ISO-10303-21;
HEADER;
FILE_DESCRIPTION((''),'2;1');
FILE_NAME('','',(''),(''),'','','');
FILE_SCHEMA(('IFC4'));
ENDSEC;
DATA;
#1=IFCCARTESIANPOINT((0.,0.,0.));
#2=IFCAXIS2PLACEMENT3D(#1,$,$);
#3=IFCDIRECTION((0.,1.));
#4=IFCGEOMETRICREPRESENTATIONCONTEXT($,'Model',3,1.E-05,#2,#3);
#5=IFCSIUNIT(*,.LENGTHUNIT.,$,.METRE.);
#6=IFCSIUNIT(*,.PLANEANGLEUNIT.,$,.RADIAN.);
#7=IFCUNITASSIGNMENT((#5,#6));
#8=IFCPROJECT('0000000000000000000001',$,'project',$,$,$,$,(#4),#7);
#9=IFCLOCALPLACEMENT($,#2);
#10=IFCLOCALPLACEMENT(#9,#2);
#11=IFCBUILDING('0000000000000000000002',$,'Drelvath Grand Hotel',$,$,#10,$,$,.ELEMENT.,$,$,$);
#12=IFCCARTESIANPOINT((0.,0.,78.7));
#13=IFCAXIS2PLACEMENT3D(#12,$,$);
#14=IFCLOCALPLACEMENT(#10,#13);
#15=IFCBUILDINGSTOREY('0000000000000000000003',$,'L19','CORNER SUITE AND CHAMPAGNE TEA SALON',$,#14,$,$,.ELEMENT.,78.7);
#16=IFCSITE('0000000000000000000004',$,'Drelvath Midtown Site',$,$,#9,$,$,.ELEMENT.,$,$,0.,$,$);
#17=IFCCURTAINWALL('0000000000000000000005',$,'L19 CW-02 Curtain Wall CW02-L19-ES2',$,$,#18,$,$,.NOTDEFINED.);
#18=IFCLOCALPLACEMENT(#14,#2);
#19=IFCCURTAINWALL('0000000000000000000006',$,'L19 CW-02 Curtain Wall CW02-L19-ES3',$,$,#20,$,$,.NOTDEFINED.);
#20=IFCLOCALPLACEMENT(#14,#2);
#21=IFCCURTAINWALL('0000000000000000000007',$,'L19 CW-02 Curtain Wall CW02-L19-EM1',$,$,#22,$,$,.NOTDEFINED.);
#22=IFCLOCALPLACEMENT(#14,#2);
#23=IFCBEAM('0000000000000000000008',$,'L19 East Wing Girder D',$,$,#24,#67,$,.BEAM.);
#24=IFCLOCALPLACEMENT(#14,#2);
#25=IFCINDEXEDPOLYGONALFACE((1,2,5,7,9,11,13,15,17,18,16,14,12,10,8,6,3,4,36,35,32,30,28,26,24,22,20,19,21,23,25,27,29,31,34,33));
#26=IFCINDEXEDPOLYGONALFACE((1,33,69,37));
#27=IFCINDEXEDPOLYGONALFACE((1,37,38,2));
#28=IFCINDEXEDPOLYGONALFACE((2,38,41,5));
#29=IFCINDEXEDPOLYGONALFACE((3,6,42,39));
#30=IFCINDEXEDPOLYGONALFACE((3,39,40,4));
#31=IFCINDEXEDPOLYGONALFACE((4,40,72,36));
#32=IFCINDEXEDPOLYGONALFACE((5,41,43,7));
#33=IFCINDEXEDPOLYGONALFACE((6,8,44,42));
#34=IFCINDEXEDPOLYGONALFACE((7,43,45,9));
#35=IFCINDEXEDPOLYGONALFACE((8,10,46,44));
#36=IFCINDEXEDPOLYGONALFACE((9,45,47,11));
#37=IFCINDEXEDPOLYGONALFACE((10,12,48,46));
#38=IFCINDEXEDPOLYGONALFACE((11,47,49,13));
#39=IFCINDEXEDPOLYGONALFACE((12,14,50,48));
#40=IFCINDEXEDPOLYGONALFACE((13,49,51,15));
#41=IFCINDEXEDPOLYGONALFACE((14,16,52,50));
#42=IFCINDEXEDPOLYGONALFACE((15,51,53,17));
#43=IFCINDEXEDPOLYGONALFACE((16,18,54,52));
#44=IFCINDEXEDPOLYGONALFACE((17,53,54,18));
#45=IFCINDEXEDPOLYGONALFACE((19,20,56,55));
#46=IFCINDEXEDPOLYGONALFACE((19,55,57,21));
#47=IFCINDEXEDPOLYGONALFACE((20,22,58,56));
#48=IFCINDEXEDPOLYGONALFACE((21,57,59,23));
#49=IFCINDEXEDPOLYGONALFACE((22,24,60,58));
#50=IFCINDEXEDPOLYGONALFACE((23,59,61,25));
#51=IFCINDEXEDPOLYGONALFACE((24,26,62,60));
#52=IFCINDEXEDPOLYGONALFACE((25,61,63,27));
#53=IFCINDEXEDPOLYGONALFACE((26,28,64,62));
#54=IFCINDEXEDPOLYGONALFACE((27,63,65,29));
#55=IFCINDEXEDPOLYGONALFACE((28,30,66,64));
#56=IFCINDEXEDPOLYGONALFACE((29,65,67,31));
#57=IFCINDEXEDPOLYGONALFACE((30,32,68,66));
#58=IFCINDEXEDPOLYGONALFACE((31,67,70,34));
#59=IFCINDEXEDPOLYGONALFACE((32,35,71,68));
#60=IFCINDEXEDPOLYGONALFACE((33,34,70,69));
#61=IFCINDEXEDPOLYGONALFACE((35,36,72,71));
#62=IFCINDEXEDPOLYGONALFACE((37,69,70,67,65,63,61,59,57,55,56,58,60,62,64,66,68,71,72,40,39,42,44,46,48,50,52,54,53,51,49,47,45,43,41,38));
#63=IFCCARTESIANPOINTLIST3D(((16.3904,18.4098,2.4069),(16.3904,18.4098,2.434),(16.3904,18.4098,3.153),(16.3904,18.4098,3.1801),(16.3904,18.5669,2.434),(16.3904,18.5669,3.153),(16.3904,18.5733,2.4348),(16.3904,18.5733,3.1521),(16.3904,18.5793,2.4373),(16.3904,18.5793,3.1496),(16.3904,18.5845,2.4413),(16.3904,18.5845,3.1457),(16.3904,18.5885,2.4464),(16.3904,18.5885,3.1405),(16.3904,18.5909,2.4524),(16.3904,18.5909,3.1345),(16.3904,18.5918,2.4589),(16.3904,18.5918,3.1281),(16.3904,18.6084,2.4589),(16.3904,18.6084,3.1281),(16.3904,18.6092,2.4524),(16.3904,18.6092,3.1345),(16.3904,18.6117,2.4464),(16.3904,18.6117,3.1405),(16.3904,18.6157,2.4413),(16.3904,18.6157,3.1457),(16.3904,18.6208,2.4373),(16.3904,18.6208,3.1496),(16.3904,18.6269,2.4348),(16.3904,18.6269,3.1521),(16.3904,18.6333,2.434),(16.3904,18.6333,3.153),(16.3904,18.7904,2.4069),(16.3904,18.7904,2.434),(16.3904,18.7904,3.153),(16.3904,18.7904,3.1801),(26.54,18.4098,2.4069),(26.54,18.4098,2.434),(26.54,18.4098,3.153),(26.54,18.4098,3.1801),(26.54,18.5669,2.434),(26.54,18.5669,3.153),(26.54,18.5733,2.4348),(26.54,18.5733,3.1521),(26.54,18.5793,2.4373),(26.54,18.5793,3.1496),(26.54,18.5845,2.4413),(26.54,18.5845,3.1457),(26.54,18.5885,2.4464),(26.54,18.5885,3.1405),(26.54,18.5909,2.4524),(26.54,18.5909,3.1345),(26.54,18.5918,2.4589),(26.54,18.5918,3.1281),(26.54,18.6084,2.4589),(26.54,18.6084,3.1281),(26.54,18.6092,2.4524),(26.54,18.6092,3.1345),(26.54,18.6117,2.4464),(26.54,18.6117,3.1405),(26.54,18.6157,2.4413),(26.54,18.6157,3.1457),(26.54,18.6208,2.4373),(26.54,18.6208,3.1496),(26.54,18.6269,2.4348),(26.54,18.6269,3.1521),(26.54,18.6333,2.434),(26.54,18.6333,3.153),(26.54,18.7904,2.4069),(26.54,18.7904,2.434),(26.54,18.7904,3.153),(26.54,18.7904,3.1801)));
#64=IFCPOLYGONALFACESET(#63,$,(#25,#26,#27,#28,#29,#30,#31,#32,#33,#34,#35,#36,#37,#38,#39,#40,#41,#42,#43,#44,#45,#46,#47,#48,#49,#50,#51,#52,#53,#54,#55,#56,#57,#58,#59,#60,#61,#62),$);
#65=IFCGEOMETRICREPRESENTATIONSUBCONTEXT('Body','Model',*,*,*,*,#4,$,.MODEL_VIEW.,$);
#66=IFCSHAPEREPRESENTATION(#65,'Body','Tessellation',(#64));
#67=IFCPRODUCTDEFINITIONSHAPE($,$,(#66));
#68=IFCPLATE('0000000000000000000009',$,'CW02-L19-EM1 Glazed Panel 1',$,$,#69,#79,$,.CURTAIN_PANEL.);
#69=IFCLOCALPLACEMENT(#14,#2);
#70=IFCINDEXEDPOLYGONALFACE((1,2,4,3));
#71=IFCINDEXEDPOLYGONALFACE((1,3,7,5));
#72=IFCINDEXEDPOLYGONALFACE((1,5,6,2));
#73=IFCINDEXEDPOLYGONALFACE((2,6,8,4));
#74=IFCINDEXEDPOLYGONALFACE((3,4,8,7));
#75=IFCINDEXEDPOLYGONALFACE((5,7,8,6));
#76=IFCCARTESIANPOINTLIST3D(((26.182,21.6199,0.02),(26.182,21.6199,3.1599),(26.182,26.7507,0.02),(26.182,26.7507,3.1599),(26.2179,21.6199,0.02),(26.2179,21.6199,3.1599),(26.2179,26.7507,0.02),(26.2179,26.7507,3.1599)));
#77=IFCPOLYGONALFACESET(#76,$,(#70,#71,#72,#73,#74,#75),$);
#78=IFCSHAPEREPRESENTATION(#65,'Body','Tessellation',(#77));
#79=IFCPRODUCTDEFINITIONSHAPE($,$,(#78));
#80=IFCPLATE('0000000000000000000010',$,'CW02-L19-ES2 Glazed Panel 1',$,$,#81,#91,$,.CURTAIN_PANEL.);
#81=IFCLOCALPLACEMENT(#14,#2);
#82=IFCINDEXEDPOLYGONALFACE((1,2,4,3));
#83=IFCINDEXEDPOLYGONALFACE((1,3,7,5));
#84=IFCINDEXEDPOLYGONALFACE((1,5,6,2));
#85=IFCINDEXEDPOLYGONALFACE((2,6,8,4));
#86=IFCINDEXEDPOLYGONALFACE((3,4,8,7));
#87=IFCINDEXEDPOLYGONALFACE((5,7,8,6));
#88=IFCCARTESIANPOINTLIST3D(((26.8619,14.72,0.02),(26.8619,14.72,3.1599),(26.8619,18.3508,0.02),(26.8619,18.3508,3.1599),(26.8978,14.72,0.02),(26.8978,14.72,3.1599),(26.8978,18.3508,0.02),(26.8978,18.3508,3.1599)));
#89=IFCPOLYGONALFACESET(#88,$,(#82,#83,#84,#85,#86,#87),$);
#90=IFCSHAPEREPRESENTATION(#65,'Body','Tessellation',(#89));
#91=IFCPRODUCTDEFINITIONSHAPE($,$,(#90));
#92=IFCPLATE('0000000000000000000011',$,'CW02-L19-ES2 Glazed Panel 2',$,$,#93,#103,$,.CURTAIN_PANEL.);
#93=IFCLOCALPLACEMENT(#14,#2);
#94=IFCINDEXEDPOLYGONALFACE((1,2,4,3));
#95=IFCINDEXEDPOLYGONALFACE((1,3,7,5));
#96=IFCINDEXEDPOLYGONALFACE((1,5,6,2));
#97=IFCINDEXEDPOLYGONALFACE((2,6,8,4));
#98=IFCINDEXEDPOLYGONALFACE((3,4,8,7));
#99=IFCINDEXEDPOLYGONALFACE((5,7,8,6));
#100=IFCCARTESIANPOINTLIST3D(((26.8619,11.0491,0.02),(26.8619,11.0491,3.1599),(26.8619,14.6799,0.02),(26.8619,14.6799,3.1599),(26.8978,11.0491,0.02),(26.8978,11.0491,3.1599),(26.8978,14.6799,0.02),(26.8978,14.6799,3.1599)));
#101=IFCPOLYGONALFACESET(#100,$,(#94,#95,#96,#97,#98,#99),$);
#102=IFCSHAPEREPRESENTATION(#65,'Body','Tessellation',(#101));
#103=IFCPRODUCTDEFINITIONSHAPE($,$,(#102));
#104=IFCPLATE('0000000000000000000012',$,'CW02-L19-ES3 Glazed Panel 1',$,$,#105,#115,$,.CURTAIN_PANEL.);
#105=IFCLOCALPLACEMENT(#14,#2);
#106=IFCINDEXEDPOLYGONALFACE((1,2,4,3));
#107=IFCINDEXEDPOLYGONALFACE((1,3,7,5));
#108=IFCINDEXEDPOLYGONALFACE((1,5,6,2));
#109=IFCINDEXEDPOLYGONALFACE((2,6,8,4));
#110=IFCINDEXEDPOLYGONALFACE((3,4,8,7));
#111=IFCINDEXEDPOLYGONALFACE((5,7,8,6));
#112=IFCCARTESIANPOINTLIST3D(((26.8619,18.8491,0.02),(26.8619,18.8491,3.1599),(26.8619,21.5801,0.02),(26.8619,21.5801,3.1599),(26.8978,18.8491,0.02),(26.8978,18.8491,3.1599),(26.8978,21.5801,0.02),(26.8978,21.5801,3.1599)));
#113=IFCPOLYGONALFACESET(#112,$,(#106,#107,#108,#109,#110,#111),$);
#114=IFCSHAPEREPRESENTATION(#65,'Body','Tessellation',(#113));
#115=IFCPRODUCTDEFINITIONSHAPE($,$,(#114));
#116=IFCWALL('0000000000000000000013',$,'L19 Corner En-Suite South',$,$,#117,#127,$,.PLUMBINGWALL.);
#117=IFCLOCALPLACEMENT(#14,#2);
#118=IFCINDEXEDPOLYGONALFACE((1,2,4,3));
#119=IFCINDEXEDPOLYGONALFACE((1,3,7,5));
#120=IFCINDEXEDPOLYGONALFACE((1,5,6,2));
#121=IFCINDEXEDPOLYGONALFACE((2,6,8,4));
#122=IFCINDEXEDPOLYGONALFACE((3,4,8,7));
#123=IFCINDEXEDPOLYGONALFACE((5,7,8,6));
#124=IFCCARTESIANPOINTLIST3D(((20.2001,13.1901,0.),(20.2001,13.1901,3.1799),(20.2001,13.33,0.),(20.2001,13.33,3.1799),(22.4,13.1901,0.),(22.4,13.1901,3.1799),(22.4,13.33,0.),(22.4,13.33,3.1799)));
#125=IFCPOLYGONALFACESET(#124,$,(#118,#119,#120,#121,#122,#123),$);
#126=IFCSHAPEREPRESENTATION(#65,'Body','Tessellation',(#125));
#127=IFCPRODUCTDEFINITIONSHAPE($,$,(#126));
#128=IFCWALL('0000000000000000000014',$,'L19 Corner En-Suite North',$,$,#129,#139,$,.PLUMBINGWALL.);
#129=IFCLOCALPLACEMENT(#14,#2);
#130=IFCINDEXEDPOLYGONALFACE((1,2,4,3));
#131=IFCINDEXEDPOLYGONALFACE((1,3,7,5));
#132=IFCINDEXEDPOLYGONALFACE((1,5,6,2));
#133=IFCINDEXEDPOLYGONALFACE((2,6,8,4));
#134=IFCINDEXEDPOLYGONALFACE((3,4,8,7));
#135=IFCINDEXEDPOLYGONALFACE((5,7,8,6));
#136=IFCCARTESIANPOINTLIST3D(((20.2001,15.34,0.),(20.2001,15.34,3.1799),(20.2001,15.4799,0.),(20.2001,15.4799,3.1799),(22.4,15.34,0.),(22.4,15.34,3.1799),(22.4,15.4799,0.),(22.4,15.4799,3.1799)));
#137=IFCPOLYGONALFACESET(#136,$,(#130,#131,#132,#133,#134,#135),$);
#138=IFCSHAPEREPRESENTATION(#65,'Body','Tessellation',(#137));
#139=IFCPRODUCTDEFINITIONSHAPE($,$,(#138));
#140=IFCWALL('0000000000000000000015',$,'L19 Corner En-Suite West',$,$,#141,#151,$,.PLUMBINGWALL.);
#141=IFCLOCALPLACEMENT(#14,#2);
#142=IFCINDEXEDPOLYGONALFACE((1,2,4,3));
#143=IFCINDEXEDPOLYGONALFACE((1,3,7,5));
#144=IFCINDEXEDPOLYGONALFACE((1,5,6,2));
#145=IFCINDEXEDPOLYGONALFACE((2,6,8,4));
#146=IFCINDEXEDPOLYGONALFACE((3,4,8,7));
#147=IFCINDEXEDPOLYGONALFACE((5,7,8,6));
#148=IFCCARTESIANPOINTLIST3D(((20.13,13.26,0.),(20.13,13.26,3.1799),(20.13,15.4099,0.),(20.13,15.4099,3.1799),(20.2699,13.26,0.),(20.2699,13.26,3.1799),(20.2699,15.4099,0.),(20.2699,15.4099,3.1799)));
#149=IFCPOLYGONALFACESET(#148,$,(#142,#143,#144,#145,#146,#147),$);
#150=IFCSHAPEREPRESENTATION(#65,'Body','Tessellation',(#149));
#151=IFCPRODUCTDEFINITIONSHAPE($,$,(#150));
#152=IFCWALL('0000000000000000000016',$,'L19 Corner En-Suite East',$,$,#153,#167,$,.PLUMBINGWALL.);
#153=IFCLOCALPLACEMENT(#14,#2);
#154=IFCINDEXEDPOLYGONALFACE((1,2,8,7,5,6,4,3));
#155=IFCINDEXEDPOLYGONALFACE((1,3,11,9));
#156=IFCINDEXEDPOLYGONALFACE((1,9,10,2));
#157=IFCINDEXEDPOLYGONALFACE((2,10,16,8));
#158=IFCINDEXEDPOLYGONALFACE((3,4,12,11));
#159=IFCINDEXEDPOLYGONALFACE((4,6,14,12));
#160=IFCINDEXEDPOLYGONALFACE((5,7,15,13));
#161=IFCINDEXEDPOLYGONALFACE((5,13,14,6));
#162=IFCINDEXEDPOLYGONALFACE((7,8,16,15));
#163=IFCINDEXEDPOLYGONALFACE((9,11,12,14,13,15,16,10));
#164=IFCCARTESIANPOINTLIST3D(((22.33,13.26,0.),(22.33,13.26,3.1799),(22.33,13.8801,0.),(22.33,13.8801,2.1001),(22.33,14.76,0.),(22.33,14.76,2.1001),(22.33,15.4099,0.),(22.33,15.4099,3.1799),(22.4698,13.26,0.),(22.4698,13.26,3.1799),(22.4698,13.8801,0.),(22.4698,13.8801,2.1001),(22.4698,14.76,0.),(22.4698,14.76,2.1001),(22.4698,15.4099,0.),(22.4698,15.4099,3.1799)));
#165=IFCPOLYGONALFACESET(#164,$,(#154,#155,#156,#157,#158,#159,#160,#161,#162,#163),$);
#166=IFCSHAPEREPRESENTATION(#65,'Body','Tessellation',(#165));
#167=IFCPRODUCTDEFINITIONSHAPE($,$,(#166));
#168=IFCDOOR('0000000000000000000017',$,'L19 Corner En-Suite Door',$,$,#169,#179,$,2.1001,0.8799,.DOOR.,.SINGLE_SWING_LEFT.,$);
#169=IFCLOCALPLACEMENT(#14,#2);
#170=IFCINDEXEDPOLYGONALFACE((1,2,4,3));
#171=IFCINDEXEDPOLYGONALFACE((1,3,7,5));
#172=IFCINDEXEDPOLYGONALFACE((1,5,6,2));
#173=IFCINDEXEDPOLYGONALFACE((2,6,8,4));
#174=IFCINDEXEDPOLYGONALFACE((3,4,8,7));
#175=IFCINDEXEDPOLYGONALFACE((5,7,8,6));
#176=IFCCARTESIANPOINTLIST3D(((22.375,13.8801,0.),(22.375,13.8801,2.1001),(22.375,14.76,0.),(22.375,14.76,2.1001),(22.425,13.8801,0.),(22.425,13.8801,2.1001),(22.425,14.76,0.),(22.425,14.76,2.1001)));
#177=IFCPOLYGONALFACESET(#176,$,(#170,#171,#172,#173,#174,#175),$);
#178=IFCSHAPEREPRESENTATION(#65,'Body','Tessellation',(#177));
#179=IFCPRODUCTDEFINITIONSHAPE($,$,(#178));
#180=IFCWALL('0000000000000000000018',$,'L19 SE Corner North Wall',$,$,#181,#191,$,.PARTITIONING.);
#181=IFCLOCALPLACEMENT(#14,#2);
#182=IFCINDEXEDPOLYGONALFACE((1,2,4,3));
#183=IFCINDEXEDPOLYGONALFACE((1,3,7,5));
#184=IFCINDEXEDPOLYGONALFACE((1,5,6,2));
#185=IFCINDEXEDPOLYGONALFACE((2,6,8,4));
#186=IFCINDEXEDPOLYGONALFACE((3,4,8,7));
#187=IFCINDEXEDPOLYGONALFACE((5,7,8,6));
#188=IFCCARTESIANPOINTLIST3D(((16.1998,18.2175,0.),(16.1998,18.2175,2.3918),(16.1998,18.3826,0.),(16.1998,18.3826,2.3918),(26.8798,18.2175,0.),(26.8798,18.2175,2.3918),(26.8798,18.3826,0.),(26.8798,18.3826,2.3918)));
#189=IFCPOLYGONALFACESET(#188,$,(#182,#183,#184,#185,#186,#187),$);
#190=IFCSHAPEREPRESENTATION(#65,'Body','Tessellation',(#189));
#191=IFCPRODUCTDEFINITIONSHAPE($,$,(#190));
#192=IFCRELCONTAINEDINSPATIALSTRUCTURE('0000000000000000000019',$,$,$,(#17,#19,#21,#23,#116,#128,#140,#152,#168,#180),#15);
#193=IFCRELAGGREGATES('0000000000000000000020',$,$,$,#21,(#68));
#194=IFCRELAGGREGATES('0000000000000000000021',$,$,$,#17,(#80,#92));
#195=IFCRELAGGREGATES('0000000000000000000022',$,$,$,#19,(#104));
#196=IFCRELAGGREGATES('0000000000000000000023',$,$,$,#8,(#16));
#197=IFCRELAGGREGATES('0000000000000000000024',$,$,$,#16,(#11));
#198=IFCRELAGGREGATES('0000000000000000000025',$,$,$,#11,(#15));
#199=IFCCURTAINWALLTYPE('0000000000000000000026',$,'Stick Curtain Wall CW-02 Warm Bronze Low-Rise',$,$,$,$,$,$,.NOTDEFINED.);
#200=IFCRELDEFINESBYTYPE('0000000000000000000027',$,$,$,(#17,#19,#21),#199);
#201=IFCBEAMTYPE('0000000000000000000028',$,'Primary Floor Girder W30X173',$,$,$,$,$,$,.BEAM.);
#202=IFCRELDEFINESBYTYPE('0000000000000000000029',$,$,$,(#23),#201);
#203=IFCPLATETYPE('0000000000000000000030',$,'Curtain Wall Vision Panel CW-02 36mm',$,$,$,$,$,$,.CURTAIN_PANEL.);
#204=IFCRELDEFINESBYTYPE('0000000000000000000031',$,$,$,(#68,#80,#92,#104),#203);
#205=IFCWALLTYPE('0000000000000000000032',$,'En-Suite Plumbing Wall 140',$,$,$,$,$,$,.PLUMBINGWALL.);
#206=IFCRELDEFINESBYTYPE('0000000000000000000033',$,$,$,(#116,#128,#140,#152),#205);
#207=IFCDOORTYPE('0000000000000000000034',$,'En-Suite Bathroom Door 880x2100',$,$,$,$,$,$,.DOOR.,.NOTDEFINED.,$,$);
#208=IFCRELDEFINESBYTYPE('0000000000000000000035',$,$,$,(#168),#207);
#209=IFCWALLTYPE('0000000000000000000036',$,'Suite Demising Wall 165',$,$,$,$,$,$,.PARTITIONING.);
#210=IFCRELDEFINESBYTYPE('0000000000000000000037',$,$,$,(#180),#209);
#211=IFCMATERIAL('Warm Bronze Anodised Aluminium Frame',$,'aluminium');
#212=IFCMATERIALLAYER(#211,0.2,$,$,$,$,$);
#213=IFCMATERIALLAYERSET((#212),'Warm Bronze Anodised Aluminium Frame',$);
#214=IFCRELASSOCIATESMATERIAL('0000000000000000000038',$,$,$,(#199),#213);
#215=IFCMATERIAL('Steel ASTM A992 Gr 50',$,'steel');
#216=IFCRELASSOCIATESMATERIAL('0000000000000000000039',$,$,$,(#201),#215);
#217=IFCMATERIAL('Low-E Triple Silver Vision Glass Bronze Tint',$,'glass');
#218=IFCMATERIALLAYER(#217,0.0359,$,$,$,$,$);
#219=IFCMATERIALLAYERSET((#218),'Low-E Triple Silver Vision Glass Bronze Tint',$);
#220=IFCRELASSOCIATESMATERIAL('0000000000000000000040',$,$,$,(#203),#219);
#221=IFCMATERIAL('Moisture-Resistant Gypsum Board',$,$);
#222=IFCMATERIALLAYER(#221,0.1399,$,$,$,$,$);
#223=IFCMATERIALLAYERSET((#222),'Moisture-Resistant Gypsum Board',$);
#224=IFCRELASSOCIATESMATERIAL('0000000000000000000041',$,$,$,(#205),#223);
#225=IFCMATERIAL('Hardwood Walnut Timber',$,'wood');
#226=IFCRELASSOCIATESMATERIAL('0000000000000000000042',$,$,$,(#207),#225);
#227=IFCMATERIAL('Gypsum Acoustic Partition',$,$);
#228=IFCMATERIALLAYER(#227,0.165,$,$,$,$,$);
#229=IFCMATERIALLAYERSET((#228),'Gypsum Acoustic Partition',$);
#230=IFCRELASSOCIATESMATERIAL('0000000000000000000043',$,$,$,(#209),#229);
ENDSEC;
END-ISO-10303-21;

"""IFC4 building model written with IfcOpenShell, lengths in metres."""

from ifc_helpers import new_model, si_unit, direction, frame, frame_2d, origin, origin_2d, place, context, subcontext, project, spatial, rectangle, i_section, extrude, material, layer, layer_set, material_profile, profile_set, type_object, element, fill, aggregate, save


model = new_model("IFC4")

# Units and contexts
model_context = context("Model", 3, precision=1e-05, world=origin(), true_north=direction((0.0, 1.0)))
body_context = subcontext(model_context, "Body", "Model", "MODEL_VIEW")
ifc_project = project(units=[si_unit("LENGTHUNIT", "METRE"), si_unit("PLANEANGLEUNIT", "RADIAN")], contexts=[model_context])

# Site, building, storey
site_placement = place(None, origin())
site = spatial("IfcSite", under=ifc_project, at=site_placement, Name="Drelvath Midtown Site", CompositionType="ELEMENT", RefElevation=0.0)
building_placement = place(site_placement, origin())
building = spatial("IfcBuilding", under=site, at=building_placement, Name="Drelvath Grand Hotel", CompositionType="ELEMENT")
storey_placement = place(building_placement, frame((0.0, 0.0, 78.7)))
storey = spatial("IfcBuildingStorey", under=building, at=storey_placement, Name="L19", Description="CORNER SUITE AND CHAMPAGNE TEA SALON", CompositionType="ELEMENT", Elevation=78.7)

# Curtain walls
ifc_material_1 = material(Name="Warm Bronze Anodised Aluminium Frame", Category="aluminium")
ifc_layer_1 = layer(ifc_material_1, 0.2)
ifc_layer_set_1 = layer_set([ifc_layer_1], Name="Warm Bronze Anodised Aluminium Frame")
curtain_wall_type = type_object("IfcCurtainWallType", Name="Stick Curtain Wall CW-02 Warm Bronze Low-Rise", PredefinedType="NOTDEFINED", material=ifc_layer_set_1)
curtain_wall_1_placement = place(storey_placement, origin())
curtain_wall_1 = element("IfcCurtainWall", 1, at=curtain_wall_1_placement, inside=storey, type_object=curtain_wall_type, Name="L19 CW-02 Curtain Wall CW02-L19-ES2", PredefinedType="NOTDEFINED")
curtain_wall_2_placement = place(storey_placement, origin())
curtain_wall_2 = element("IfcCurtainWall", 2, at=curtain_wall_2_placement, inside=storey, type_object=curtain_wall_type, Name="L19 CW-02 Curtain Wall CW02-L19-ES3", PredefinedType="NOTDEFINED")
curtain_wall_3_placement = place(storey_placement, origin())
curtain_wall_3 = element("IfcCurtainWall", 3, at=curtain_wall_3_placement, inside=storey, type_object=curtain_wall_type, Name="L19 CW-02 Curtain Wall CW02-L19-EM1", PredefinedType="NOTDEFINED")

# Beam
ifc_material_2 = material(Name="Steel ASTM A992 Gr 50", Category="steel")
ifc_material_profile_1 = material_profile(ifc_material_2, i_section(OverallWidth=0.3806, OverallDepth=0.7732, WebThickness=0.0166, FlangeThickness=0.0271, FilletRadius=0.0249, at=origin_2d()), Name="W30X173")
ifc_profile_set_1 = profile_set([ifc_material_profile_1], Name="Steel ASTM A992 Gr 50")
beam_type_1 = type_object("IfcBeamType", Name="Primary Floor Girder W30X173", PredefinedType="BEAM", material=ifc_profile_set_1)
beam_1_placement = place(storey_placement, frame((16.3904, 18.6001, 2.7935), z_axis=(1.0, 0.0, 0.0), x_axis=(0.0, 1.0, 0.0)))
element("IfcBeam", 4, at=beam_1_placement, inside=storey, type_object=beam_type_1, Name="L19 East Wing Girder D", PredefinedType="BEAM", context=body_context, shape_type="SweptSolid", body=[
    extrude(i_section(OverallWidth=0.3806, OverallDepth=0.7732, WebThickness=0.0166, FlangeThickness=0.0271, FilletRadius=0.0249, at=origin_2d()), origin(), (0.0, 0.0, 1.0), 10.1497),
])

# Plates
ifc_material_3 = material(Name="Low-E Triple Silver Vision Glass Bronze Tint", Category="glass")
ifc_layer_2 = layer(ifc_material_3, 0.0359)
ifc_layer_set_2 = layer_set([ifc_layer_2], Name="Low-E Triple Silver Vision Glass Bronze Tint")
plate_type = type_object("IfcPlateType", Name="Curtain Wall Vision Panel CW-02 36mm", PredefinedType="CURTAIN_PANEL", material=ifc_layer_set_2)
plate_1_placement = place(storey_placement, frame((26.2, 24.1853, 0.02), z_axis=(0.0, 0.0, 1.0), x_axis=(0.0, -1.0, 0.0)))
plate_1 = element("IfcPlate", 5, at=plate_1_placement, type_object=plate_type, Name="CW02-L19-EM1 Glazed Panel 1", PredefinedType="CURTAIN_PANEL", context=body_context, shape_type="SweptSolid", body=[
    extrude(rectangle(XDim=5.1309, YDim=0.0359, at=origin_2d()), origin(), (0.0, 0.0, 1.0), 3.1399),
])
aggregate(curtain_wall_3, [plate_1])
plate_2_placement = place(storey_placement, frame((26.8799, 16.5354, 0.02), z_axis=(0.0, 0.0, 1.0), x_axis=(0.0, -1.0, 0.0)))
plate_2 = element("IfcPlate", 6, at=plate_2_placement, type_object=plate_type, Name="CW02-L19-ES2 Glazed Panel 1", PredefinedType="CURTAIN_PANEL", context=body_context, shape_type="SweptSolid", body=[
    extrude(rectangle(XDim=3.6309, YDim=0.0359, at=origin_2d()), origin(), (0.0, 0.0, 1.0), 3.1399),
])
plate_3_placement = place(storey_placement, frame((26.8799, 12.8645, 0.02), z_axis=(0.0, 0.0, 1.0), x_axis=(0.0, -1.0, 0.0)))
plate_3 = element("IfcPlate", 7, at=plate_3_placement, type_object=plate_type, Name="CW02-L19-ES2 Glazed Panel 2", PredefinedType="CURTAIN_PANEL", context=body_context, shape_type="SweptSolid", body=[
    extrude(rectangle(XDim=3.6309, YDim=0.0359, at=origin_2d()), origin(), (0.0, 0.0, 1.0), 3.1399),
])
aggregate(curtain_wall_1, [plate_2, plate_3])
plate_4_placement = place(storey_placement, frame((26.8799, 20.2146, 0.02), z_axis=(0.0, 0.0, 1.0), x_axis=(0.0, -1.0, 0.0)))
plate_4 = element("IfcPlate", 8, at=plate_4_placement, type_object=plate_type, Name="CW02-L19-ES3 Glazed Panel 1", PredefinedType="CURTAIN_PANEL", context=body_context, shape_type="SweptSolid", body=[
    extrude(rectangle(XDim=2.731, YDim=0.0359, at=origin_2d()), origin(), (0.0, 0.0, 1.0), 3.1399),
])
aggregate(curtain_wall_2, [plate_4])

# Shared definitions
ifc_material_4 = material(Name="Hardwood Walnut Timber", Category="wood")

# Walls
ifc_material_5 = material(Name="Moisture-Resistant Gypsum Board")
ifc_layer_3 = layer(ifc_material_5, 0.1399)
ifc_layer_set_3 = layer_set([ifc_layer_3], Name="Moisture-Resistant Gypsum Board")
wall_type_1 = type_object("IfcWallType", Name="En-Suite Plumbing Wall 140", PredefinedType="PLUMBINGWALL", material=ifc_layer_set_3)
for number, where, z_axis, x_axis, name in (
    (9, (20.2, 13.26, 0.0), (0.0, 0.0, 1.0), (1.0, 0.0, 0.0), "L19 Corner En-Suite South"),
    (10, (20.2, 15.4099, 0.0), (0.0, 0.0, 1.0), (1.0, 0.0, 0.0), "L19 Corner En-Suite North"),
):
    element("IfcWall", number, at=place(storey_placement, frame(where, z_axis=z_axis, x_axis=x_axis)), inside=storey, type_object=wall_type_1, Name=name, PredefinedType="PLUMBINGWALL", context=body_context, shape_type="SweptSolid", body=[
        extrude(rectangle(XDim=2.2, YDim=0.1399, at=frame_2d((1.1001, 0.0))), origin(), (0.0, 0.0, 1.0), 3.1799),
    ])
wall_1_placement = place(storey_placement, frame((20.2, 13.26, 0.0), z_axis=(0.0, 0.0, 1.0), x_axis=(0.0, 1.0, 0.0)))
element("IfcWall", 11, at=wall_1_placement, inside=storey, type_object=wall_type_1, Name="L19 Corner En-Suite West", PredefinedType="PLUMBINGWALL", context=body_context, shape_type="SweptSolid", body=[
    extrude(rectangle(XDim=2.1499, YDim=0.1399, at=frame_2d((1.075, 0.0))), origin(), (0.0, 0.0, 1.0), 3.1799),
])

# Wall, opening, door
wall_2_placement = place(storey_placement, frame((22.3999, 13.26, 0.0), z_axis=(0.0, 0.0, 1.0), x_axis=(0.0, 1.0, 0.0)))
wall_2 = element("IfcWall", 12, at=wall_2_placement, inside=storey, type_object=wall_type_1, Name="L19 Corner En-Suite East", PredefinedType="PLUMBINGWALL", context=body_context, shape_type="SweptSolid", body=[
    extrude(rectangle(XDim=2.1499, YDim=0.1399, at=frame_2d((1.075, 0.0))), origin(), (0.0, 0.0, 1.0), 3.1799),
])
opening_1_placement = place(wall_2_placement, frame((0.6201, 0.0, 0.0)))
opening_1 = element("IfcOpeningElement", 13, at=opening_1_placement, cuts=wall_2, PredefinedType="OPENING", context=body_context, shape_type="SweptSolid", body=[
    extrude(rectangle(XDim=0.8799, YDim=2.1001, at=frame_2d((0.4399, 1.05))), frame((0.0, 0.0798, 0.0), z_axis=(0.0, -1.0, 0.0), x_axis=(1.0, 0.0, 0.0)), (0.0, 0.0, 1.0), 0.1599),
])
door_type_1 = type_object("IfcDoorType", Name="En-Suite Bathroom Door 880x2100", OperationType="NOTDEFINED", PredefinedType="DOOR", material=ifc_material_4)
door_1_placement = place(opening_1_placement, origin())
door_1 = element("IfcDoor", 14, at=door_1_placement, inside=storey, type_object=door_type_1, Name="L19 Corner En-Suite Door", OperationType="SINGLE_SWING_LEFT", OverallHeight=2.1001, OverallWidth=0.8799, PredefinedType="DOOR", context=body_context, shape_type="SweptSolid", body=[
    extrude(rectangle(XDim=0.8799, YDim=2.1001, at=frame_2d((0.4399, 1.05))), frame((0.0, 0.0249, 0.0), z_axis=(0.0, -1.0, 0.0), x_axis=(1.0, 0.0, 0.0)), (0.0, 0.0, 1.0), 0.05),
])
fill(opening_1, door_1)

# Wall
ifc_material_6 = material(Name="Gypsum Acoustic Partition")
ifc_layer_4 = layer(ifc_material_6, 0.165)
ifc_layer_set_4 = layer_set([ifc_layer_4], Name="Gypsum Acoustic Partition")
wall_type_2 = type_object("IfcWallType", Name="Suite Demising Wall 165", PredefinedType="PARTITIONING", material=ifc_layer_set_4)
wall_3_placement = place(storey_placement, frame((16.2, 18.3, 0.0), z_axis=(0.0, 0.0, 1.0), x_axis=(1.0, 0.0, 0.0)))
element("IfcWall", 15, at=wall_3_placement, inside=storey, type_object=wall_type_2, Name="L19 SE Corner North Wall", PredefinedType="PARTITIONING", context=body_context, shape_type="SweptSolid", body=[
    extrude(rectangle(XDim=10.6799, YDim=0.165, at=frame_2d((5.3398, 0.0))), origin(), (0.0, 0.0, 1.0), 2.3918),
])

save(model, "model.ifc")
